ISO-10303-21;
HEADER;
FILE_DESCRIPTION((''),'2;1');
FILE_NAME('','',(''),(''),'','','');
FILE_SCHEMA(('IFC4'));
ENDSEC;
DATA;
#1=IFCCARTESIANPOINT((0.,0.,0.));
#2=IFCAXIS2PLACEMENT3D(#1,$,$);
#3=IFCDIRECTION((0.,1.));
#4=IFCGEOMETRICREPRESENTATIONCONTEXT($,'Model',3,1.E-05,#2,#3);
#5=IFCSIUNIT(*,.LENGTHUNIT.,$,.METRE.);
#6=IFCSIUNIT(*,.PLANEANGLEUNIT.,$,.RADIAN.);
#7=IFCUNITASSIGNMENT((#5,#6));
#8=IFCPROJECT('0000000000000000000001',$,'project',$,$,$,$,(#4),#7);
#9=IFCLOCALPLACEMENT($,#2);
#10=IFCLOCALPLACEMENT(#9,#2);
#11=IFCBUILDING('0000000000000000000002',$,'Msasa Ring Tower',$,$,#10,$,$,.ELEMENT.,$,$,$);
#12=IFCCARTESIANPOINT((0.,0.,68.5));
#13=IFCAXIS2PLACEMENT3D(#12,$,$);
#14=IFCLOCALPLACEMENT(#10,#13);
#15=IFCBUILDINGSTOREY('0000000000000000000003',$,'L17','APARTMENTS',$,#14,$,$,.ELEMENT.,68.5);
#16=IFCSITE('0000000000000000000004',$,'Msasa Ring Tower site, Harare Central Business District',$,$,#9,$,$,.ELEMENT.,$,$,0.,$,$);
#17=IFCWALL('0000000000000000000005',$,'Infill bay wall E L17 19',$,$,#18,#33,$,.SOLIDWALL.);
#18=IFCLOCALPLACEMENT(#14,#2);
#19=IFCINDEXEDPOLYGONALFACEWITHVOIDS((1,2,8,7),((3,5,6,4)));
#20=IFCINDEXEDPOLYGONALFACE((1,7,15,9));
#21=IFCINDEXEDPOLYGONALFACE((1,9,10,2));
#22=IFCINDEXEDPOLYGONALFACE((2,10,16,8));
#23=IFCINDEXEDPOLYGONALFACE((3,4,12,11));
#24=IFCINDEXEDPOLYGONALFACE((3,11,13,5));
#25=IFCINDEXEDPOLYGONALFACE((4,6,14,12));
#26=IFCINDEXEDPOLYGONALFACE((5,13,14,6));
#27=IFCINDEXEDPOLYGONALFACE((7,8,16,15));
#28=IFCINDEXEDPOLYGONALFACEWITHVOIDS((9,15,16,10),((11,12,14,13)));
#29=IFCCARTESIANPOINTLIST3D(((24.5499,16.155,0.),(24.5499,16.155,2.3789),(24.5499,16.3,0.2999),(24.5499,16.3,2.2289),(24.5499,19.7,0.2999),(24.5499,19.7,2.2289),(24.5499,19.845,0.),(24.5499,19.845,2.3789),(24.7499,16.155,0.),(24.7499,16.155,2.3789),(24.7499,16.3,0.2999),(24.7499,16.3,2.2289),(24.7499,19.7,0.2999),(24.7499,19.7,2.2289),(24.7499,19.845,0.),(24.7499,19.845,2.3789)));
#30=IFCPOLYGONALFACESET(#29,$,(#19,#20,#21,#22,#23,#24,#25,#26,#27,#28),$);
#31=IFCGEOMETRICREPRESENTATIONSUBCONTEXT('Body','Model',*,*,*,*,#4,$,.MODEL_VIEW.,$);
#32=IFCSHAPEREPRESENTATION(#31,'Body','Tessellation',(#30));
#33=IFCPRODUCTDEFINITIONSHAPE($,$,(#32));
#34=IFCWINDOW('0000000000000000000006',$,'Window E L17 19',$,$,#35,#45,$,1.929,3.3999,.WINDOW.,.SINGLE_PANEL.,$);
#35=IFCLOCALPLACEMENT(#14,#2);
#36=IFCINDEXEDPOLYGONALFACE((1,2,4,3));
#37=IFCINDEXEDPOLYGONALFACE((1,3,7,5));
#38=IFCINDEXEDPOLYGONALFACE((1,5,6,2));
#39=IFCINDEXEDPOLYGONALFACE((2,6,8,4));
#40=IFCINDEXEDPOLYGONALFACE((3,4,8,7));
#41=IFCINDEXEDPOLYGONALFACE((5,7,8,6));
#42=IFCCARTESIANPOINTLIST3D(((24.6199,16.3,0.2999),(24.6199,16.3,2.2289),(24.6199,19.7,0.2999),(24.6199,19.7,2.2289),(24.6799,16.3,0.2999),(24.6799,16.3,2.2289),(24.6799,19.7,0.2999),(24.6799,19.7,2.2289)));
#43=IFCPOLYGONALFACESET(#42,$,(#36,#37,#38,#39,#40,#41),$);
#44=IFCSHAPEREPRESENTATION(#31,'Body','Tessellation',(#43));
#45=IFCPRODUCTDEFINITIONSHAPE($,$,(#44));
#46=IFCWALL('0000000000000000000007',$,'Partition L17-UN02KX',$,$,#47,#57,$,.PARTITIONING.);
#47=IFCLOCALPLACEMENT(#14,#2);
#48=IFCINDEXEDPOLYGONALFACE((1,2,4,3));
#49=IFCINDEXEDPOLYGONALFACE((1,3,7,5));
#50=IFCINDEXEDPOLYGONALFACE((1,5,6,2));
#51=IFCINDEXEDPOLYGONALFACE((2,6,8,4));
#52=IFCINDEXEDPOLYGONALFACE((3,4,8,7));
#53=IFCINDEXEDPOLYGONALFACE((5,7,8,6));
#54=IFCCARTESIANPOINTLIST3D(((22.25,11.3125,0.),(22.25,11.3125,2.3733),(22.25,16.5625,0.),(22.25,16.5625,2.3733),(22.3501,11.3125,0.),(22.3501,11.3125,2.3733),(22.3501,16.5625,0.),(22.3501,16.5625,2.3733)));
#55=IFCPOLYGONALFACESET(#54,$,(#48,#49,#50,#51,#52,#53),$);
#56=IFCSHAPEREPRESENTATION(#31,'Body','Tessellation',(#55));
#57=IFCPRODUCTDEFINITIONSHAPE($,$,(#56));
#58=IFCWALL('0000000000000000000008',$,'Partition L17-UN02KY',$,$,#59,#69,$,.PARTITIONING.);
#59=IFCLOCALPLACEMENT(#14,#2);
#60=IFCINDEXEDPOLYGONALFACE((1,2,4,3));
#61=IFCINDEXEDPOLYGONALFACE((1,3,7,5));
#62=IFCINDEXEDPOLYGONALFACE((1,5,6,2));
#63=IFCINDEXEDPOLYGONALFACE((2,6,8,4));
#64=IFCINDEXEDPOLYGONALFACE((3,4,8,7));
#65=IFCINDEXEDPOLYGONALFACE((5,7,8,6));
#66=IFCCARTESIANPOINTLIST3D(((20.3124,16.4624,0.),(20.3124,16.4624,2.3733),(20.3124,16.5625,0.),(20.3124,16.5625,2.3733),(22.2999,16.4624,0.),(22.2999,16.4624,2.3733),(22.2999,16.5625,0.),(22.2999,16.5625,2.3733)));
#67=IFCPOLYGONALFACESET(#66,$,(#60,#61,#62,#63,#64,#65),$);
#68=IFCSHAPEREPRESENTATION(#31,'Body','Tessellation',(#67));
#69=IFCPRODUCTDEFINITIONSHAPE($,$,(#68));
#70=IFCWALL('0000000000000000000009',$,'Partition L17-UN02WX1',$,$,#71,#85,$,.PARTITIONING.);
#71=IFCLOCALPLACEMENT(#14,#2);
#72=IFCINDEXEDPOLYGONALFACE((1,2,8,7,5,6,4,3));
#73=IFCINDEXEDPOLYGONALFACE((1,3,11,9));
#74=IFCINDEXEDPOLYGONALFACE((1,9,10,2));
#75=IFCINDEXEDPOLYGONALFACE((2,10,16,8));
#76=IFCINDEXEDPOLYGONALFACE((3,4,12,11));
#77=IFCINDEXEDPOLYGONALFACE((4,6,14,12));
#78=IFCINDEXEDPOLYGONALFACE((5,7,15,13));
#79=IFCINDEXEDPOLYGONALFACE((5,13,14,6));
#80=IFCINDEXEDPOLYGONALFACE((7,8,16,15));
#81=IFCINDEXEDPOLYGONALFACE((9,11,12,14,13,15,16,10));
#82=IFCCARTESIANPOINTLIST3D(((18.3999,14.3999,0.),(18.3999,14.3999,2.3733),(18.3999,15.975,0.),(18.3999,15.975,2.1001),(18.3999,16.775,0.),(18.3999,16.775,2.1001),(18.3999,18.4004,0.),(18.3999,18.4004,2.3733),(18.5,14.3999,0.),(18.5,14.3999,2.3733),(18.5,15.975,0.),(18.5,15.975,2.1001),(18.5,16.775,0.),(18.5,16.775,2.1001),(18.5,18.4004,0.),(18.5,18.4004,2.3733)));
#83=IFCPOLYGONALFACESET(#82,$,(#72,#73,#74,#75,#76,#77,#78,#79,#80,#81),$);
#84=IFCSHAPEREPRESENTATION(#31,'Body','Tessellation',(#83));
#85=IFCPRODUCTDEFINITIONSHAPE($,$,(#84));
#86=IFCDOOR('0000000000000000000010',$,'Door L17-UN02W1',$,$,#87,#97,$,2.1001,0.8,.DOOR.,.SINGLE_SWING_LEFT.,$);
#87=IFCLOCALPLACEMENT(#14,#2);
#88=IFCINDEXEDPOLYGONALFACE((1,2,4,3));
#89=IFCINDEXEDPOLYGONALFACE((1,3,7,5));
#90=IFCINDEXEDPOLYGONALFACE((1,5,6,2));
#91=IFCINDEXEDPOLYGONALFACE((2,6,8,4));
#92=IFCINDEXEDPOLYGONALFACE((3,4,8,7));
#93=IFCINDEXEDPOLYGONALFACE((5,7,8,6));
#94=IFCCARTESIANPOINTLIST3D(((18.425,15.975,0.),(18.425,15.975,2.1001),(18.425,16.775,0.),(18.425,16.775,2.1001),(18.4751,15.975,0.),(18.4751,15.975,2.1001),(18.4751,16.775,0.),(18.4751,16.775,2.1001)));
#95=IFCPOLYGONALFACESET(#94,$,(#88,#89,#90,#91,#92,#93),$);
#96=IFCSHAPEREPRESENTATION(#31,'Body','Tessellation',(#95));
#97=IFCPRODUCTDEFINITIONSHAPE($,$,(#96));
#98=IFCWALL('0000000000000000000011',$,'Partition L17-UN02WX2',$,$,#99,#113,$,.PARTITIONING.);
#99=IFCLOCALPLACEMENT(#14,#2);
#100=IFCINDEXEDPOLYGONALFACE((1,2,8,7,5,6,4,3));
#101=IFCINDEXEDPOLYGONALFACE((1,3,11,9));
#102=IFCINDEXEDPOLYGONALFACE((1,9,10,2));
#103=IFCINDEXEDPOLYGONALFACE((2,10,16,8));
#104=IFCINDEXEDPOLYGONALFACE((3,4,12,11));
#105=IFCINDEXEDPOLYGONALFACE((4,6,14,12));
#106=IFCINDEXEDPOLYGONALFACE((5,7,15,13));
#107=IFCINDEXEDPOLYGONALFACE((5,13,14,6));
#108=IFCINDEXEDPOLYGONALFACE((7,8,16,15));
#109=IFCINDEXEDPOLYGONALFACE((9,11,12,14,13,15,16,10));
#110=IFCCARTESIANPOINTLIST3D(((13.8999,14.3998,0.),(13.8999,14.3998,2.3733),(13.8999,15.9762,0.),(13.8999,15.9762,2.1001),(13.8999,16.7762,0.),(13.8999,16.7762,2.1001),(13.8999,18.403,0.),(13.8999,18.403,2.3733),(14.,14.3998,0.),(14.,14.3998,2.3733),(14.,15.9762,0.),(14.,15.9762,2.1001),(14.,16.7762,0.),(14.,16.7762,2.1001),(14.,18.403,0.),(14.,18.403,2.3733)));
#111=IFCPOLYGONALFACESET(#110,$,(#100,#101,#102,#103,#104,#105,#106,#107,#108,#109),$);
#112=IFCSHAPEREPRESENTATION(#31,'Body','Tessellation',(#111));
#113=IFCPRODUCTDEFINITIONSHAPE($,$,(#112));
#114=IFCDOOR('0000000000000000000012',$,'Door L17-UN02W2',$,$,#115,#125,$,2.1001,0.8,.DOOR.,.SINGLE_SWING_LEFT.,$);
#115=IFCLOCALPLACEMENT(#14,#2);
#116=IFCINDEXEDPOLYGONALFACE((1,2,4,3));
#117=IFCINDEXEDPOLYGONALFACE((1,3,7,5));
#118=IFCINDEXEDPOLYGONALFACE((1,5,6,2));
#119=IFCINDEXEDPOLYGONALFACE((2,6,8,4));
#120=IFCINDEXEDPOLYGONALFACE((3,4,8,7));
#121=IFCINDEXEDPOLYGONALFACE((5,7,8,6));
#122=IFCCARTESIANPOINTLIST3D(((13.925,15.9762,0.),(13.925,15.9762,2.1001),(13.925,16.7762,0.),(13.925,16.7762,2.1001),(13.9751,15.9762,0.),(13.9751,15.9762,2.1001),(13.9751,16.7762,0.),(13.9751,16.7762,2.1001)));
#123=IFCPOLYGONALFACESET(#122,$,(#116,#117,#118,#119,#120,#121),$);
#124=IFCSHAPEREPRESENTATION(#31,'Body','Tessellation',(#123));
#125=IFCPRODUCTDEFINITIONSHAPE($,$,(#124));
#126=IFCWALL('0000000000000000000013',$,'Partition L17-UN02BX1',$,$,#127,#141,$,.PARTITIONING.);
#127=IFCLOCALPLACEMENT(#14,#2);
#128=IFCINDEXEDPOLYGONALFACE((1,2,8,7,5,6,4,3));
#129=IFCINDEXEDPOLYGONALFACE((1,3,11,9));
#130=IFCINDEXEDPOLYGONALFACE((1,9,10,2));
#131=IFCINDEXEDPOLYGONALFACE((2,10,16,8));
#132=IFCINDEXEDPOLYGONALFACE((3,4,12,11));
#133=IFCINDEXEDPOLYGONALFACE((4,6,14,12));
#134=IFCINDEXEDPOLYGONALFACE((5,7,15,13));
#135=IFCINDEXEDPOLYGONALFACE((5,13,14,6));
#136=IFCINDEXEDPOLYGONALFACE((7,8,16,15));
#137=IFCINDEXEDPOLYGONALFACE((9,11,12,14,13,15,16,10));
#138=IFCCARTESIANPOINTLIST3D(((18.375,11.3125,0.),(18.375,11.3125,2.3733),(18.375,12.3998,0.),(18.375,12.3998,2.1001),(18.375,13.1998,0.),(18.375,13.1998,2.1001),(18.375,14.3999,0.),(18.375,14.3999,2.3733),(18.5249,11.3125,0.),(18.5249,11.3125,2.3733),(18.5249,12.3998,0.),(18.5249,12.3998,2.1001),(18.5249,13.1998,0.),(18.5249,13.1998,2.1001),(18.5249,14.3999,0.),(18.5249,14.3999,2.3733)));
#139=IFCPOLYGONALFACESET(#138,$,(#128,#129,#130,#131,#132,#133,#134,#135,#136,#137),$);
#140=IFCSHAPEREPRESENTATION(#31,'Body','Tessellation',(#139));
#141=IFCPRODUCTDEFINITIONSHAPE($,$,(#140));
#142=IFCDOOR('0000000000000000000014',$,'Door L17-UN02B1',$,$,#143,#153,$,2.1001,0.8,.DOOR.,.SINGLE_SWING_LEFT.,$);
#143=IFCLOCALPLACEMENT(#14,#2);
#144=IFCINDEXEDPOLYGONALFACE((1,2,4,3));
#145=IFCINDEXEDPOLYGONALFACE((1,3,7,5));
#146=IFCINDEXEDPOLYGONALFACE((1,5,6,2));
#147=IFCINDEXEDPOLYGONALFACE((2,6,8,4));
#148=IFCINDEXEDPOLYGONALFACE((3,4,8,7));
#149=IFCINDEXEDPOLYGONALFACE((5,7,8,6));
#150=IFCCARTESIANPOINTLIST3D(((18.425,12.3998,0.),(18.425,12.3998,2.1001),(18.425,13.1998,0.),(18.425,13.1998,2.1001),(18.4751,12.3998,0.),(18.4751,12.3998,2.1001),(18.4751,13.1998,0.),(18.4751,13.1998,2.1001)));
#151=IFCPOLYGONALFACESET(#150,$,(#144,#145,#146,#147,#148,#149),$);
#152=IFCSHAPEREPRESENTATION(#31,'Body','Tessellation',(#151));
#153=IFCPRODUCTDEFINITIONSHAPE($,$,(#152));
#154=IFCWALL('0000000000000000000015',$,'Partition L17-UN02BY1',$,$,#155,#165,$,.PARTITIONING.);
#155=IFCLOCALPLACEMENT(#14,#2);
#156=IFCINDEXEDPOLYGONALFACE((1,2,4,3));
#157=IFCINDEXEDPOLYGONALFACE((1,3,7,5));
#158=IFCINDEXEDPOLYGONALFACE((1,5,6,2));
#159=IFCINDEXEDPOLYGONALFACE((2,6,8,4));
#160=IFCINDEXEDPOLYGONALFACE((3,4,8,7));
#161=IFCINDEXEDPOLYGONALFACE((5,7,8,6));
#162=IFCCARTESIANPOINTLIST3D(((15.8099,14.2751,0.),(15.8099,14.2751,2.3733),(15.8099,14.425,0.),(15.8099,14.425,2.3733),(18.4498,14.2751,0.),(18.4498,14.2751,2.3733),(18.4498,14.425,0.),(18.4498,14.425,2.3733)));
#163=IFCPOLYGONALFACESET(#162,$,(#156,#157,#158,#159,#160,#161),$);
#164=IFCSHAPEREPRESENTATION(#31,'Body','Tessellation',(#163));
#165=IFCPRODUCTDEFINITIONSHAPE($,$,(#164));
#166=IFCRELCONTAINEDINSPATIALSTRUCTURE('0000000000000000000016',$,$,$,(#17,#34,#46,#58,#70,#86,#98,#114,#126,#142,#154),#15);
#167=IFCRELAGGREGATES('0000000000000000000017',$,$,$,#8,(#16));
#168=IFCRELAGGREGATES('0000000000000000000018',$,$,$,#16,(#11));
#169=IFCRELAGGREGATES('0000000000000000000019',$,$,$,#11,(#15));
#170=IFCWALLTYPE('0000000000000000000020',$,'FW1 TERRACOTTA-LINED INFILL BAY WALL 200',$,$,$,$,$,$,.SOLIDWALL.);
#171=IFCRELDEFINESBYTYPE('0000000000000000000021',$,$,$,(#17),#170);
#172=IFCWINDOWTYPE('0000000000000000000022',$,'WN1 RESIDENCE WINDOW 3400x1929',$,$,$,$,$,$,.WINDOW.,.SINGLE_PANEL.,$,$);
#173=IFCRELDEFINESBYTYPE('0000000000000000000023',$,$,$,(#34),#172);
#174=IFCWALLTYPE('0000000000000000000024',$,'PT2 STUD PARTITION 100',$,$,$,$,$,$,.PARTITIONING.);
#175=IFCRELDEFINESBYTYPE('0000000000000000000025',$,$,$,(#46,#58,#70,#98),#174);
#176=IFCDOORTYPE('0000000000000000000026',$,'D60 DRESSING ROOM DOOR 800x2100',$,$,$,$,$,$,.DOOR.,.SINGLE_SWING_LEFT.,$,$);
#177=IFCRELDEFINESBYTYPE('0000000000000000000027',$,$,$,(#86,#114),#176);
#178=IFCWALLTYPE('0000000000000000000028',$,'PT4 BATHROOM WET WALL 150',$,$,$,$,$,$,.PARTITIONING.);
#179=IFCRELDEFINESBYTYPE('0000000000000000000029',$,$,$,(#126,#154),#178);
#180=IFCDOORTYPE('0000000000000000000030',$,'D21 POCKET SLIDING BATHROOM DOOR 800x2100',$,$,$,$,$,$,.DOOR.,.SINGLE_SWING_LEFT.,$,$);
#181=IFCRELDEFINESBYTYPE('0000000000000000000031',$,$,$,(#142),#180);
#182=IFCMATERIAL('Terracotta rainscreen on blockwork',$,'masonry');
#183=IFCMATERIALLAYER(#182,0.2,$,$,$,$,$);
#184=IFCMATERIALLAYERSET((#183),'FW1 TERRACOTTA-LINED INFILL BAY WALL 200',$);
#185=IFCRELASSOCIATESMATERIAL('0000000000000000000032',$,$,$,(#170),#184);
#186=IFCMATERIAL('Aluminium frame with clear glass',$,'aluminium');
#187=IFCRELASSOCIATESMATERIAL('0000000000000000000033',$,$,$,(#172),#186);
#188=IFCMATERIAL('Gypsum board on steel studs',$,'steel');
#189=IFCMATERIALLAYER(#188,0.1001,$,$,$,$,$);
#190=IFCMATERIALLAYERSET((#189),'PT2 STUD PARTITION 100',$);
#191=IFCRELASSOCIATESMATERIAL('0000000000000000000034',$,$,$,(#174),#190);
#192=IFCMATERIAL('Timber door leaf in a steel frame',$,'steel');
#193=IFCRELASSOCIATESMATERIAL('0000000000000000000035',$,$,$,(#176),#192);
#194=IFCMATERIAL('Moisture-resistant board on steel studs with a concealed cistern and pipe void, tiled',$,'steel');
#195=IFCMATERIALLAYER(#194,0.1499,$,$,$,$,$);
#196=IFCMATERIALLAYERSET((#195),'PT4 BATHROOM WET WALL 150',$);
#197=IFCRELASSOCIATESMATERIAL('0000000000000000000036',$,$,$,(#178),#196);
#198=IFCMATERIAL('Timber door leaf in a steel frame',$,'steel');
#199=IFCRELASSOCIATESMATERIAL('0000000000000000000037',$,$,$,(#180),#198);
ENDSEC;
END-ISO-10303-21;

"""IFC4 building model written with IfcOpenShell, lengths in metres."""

from ifc_helpers import new_model, si_unit, direction, frame, frame_2d, origin, place, context, subcontext, project, spatial, rectangle, extrude, material, layer, layer_set, type_object, element, fill, save


model = new_model("IFC4")

# Units and contexts
model_context = context("Model", 3, precision=1e-05, world=origin(), true_north=direction((0.0, 1.0)))
body_context = subcontext(model_context, "Body", "Model", "MODEL_VIEW")
ifc_project = project(units=[si_unit("LENGTHUNIT", "METRE"), si_unit("PLANEANGLEUNIT", "RADIAN")], contexts=[model_context])

# Site, building, storey
site_placement = place(None, origin())
site = spatial("IfcSite", under=ifc_project, at=site_placement, Name="Msasa Ring Tower site, Harare Central Business District", CompositionType="ELEMENT", RefElevation=0.0)
building_placement = place(site_placement, origin())
building = spatial("IfcBuilding", under=site, at=building_placement, Name="Msasa Ring Tower", CompositionType="ELEMENT")
storey_placement = place(building_placement, frame((0.0, 0.0, 68.5)))
storey = spatial("IfcBuildingStorey", under=building, at=storey_placement, Name="L17", Description="APARTMENTS", CompositionType="ELEMENT", Elevation=68.5)

# Wall, opening, window
ifc_material_1 = material(Name="Terracotta rainscreen on blockwork", Category="masonry")
ifc_layer_1 = layer(ifc_material_1, 0.2)
ifc_layer_set_1 = layer_set([ifc_layer_1], Name="FW1 TERRACOTTA-LINED INFILL BAY WALL 200")
wall_type_1 = type_object("IfcWallType", Name="FW1 TERRACOTTA-LINED INFILL BAY WALL 200", PredefinedType="SOLIDWALL", material=ifc_layer_set_1)
ifc_material_2 = material(Name="Aluminium frame with clear glass", Category="aluminium")
window_type = type_object("IfcWindowType", Name="WN1 RESIDENCE WINDOW 3400x1929", PartitioningType="SINGLE_PANEL", PredefinedType="WINDOW", material=ifc_material_2)
wall_1_placement = place(storey_placement, frame((24.6499, 16.155, 0.0), z_axis=(0.0, 0.0, 1.0), x_axis=(0.0, 1.0, 0.0)))
wall_1 = element("IfcWall", 1, at=wall_1_placement, inside=storey, type_object=wall_type_1, Name="Infill bay wall E L17 19", PredefinedType="SOLIDWALL", context=body_context, shape_type="SweptSolid", body=[
    extrude(rectangle(XDim=3.6899, YDim=0.2, at=frame_2d((1.845, 0.0))), origin(), (0.0, 0.0, 1.0), 2.3789),
])
opening_1_placement = place(wall_1_placement, frame((0.145, 0.0, 0.3)))
opening_1 = element("IfcOpeningElement", 2, at=opening_1_placement, cuts=wall_1, PredefinedType="OPENING", context=body_context, shape_type="SweptSolid", body=[
    extrude(rectangle(XDim=3.3999, YDim=1.929, at=frame_2d((1.7, 0.9644))), frame((0.0, 0.1099, 0.0), z_axis=(0.0, -1.0, 0.0), x_axis=(1.0, 0.0, 0.0)), (0.0, 0.0, 1.0), 0.22),
])
window_1_placement = place(opening_1_placement, origin())
window_1 = element("IfcWindow", 3, at=window_1_placement, inside=storey, type_object=window_type, Name="Window E L17 19", OverallHeight=1.929, OverallWidth=3.3999, PartitioningType="SINGLE_PANEL", PredefinedType="WINDOW", context=body_context, shape_type="SweptSolid", body=[
    extrude(rectangle(XDim=3.3999, YDim=1.929, at=frame_2d((1.7, 0.9644))), frame((0.0, 0.03, 0.0), z_axis=(0.0, -1.0, 0.0), x_axis=(1.0, 0.0, 0.0)), (0.0, 0.0, 1.0), 0.0601),
])
fill(opening_1, window_1)

# Walls
ifc_material_3 = material(Name="Gypsum board on steel studs", Category="steel")
ifc_layer_2 = layer(ifc_material_3, 0.1001)
ifc_layer_set_2 = layer_set([ifc_layer_2], Name="PT2 STUD PARTITION 100")
wall_type_2 = type_object("IfcWallType", Name="PT2 STUD PARTITION 100", PredefinedType="PARTITIONING", material=ifc_layer_set_2)
wall_2_placement = place(storey_placement, frame((22.3, 11.3125, 0.0), z_axis=(0.0, 0.0, 1.0), x_axis=(0.0, 1.0, 0.0)))
element("IfcWall", 4, at=wall_2_placement, inside=storey, type_object=wall_type_2, Name="Partition L17-UN02KX", PredefinedType="PARTITIONING", context=body_context, shape_type="SweptSolid", body=[
    extrude(rectangle(XDim=5.25, YDim=0.1001, at=frame_2d((2.625, 0.0))), origin(), (0.0, 0.0, 1.0), 2.3733),
])
wall_3_placement = place(storey_placement, frame((20.3125, 16.5125, 0.0), z_axis=(0.0, 0.0, 1.0), x_axis=(1.0, 0.0, 0.0)))
element("IfcWall", 5, at=wall_3_placement, inside=storey, type_object=wall_type_2, Name="Partition L17-UN02KY", PredefinedType="PARTITIONING", context=body_context, shape_type="SweptSolid", body=[
    extrude(rectangle(XDim=1.9875, YDim=0.1001, at=frame_2d((0.9937, 0.0))), origin(), (0.0, 0.0, 1.0), 2.3733),
])

# Walls, openings, doors
wall_4_placement = place(storey_placement, frame((18.45, 14.3999, 0.0), z_axis=(0.0, 0.0, 1.0), x_axis=(0.0, 1.0, 0.0)))
wall_4 = element("IfcWall", 6, at=wall_4_placement, inside=storey, type_object=wall_type_2, Name="Partition L17-UN02WX1", PredefinedType="PARTITIONING", context=body_context, shape_type="SweptSolid", body=[
    extrude(rectangle(XDim=4.0005, YDim=0.1001, at=frame_2d((2.0002, 0.0))), origin(), (0.0, 0.0, 1.0), 2.3733),
])
opening_2_placement = place(wall_4_placement, frame((1.5752, 0.0, 0.0)))
opening_2 = element("IfcOpeningElement", 7, at=opening_2_placement, cuts=wall_4, PredefinedType="OPENING", context=body_context, shape_type="SweptSolid", body=[
    extrude(rectangle(XDim=0.8, YDim=2.1001, at=frame_2d((0.3999, 1.05))), frame((0.0, 0.0601, 0.0), z_axis=(0.0, -1.0, 0.0), x_axis=(1.0, 0.0, 0.0)), (0.0, 0.0, 1.0), 0.1201),
])
ifc_material_4 = material(Name="Timber door leaf in a steel frame", Category="steel")
door_type_1 = type_object("IfcDoorType", Name="D60 DRESSING ROOM DOOR 800x2100", OperationType="SINGLE_SWING_LEFT", PredefinedType="DOOR", material=ifc_material_4)
door_1_placement = place(opening_2_placement, origin())
door_1 = element("IfcDoor", 8, at=door_1_placement, inside=storey, type_object=door_type_1, Name="Door L17-UN02W1", OperationType="SINGLE_SWING_LEFT", OverallHeight=2.1001, OverallWidth=0.8, PredefinedType="DOOR", context=body_context, shape_type="SweptSolid", body=[
    extrude(rectangle(XDim=0.8, YDim=2.1001, at=frame_2d((0.3999, 1.05))), frame((0.0, 0.0249, 0.0), z_axis=(0.0, -1.0, 0.0), x_axis=(1.0, 0.0, 0.0)), (0.0, 0.0, 1.0), 0.05),
])
fill(opening_2, door_1)
wall_5_placement = place(storey_placement, frame((13.95, 14.3999, 0.0), z_axis=(0.0, 0.0, 1.0), x_axis=(0.0, 1.0, 0.0)))
wall_5 = element("IfcWall", 9, at=wall_5_placement, inside=storey, type_object=wall_type_2, Name="Partition L17-UN02WX2", PredefinedType="PARTITIONING", context=body_context, shape_type="SweptSolid", body=[
    extrude(rectangle(XDim=4.0032, YDim=0.1001, at=frame_2d((2.0015, 0.0))), origin(), (0.0, 0.0, 1.0), 2.3733),
])
opening_3_placement = place(wall_5_placement, frame((1.5764, 0.0, 0.0)))
opening_3 = element("IfcOpeningElement", 10, at=opening_3_placement, cuts=wall_5, PredefinedType="OPENING", context=body_context, shape_type="SweptSolid", body=[
    extrude(rectangle(XDim=0.8, YDim=2.1001, at=frame_2d((0.3999, 1.05))), frame((0.0, 0.0601, 0.0), z_axis=(0.0, -1.0, 0.0), x_axis=(1.0, 0.0, 0.0)), (0.0, 0.0, 1.0), 0.1201),
])
door_2_placement = place(opening_3_placement, origin())
door_2 = element("IfcDoor", 11, at=door_2_placement, inside=storey, type_object=door_type_1, Name="Door L17-UN02W2", OperationType="SINGLE_SWING_LEFT", OverallHeight=2.1001, OverallWidth=0.8, PredefinedType="DOOR", context=body_context, shape_type="SweptSolid", body=[
    extrude(rectangle(XDim=0.8, YDim=2.1001, at=frame_2d((0.3999, 1.05))), frame((0.0, 0.0249, 0.0), z_axis=(0.0, -1.0, 0.0), x_axis=(1.0, 0.0, 0.0)), (0.0, 0.0, 1.0), 0.05),
])
fill(opening_3, door_2)
ifc_material_5 = material(Name="Moisture-resistant board on steel studs with a concealed cistern and pipe void, tiled", Category="steel")
ifc_layer_3 = layer(ifc_material_5, 0.1499)
ifc_layer_set_3 = layer_set([ifc_layer_3], Name="PT4 BATHROOM WET WALL 150")
wall_type_3 = type_object("IfcWallType", Name="PT4 BATHROOM WET WALL 150", PredefinedType="PARTITIONING", material=ifc_layer_set_3)
wall_6_placement = place(storey_placement, frame((18.45, 11.3125, 0.0), z_axis=(0.0, 0.0, 1.0), x_axis=(0.0, 1.0, 0.0)))
wall_6 = element("IfcWall", 12, at=wall_6_placement, inside=storey, type_object=wall_type_3, Name="Partition L17-UN02BX1", PredefinedType="PARTITIONING", context=body_context, shape_type="SweptSolid", body=[
    extrude(rectangle(XDim=3.0874, YDim=0.1499, at=frame_2d((1.5437, 0.0))), origin(), (0.0, 0.0, 1.0), 2.3733),
])
opening_4_placement = place(wall_6_placement, frame((1.0874, 0.0, 0.0)))
opening_4 = element("IfcOpeningElement", 13, at=opening_4_placement, cuts=wall_6, PredefinedType="OPENING", context=body_context, shape_type="SweptSolid", body=[
    extrude(rectangle(XDim=0.8, YDim=2.1001, at=frame_2d((0.3999, 1.05))), frame((0.0, 0.085, 0.0), z_axis=(0.0, -1.0, 0.0), x_axis=(1.0, 0.0, 0.0)), (0.0, 0.0, 1.0), 0.1699),
])
ifc_material_6 = material(Name="Timber door leaf in a steel frame", Category="steel")
door_type_2 = type_object("IfcDoorType", Name="D21 POCKET SLIDING BATHROOM DOOR 800x2100", OperationType="SINGLE_SWING_LEFT", PredefinedType="DOOR", material=ifc_material_6)
door_3_placement = place(opening_4_placement, origin())
door_3 = element("IfcDoor", 14, at=door_3_placement, inside=storey, type_object=door_type_2, Name="Door L17-UN02B1", OperationType="SINGLE_SWING_LEFT", OverallHeight=2.1001, OverallWidth=0.8, PredefinedType="DOOR", context=body_context, shape_type="SweptSolid", body=[
    extrude(rectangle(XDim=0.8, YDim=2.1001, at=frame_2d((0.3999, 1.05))), frame((0.0, 0.0249, 0.0), z_axis=(0.0, -1.0, 0.0), x_axis=(1.0, 0.0, 0.0)), (0.0, 0.0, 1.0), 0.05),
])
fill(opening_4, door_3)

# Wall
wall_7_placement = place(storey_placement, frame((15.8101, 14.3501, 0.0), z_axis=(0.0, 0.0, 1.0), x_axis=(1.0, 0.0, 0.0)))
element("IfcWall", 15, at=wall_7_placement, inside=storey, type_object=wall_type_3, Name="Partition L17-UN02BY1", PredefinedType="PARTITIONING", context=body_context, shape_type="SweptSolid", body=[
    extrude(rectangle(XDim=2.6399, YDim=0.1499, at=frame_2d((1.3198, 0.0))), origin(), (0.0, 0.0, 1.0), 2.3733),
])

save(model, "model.ifc")
